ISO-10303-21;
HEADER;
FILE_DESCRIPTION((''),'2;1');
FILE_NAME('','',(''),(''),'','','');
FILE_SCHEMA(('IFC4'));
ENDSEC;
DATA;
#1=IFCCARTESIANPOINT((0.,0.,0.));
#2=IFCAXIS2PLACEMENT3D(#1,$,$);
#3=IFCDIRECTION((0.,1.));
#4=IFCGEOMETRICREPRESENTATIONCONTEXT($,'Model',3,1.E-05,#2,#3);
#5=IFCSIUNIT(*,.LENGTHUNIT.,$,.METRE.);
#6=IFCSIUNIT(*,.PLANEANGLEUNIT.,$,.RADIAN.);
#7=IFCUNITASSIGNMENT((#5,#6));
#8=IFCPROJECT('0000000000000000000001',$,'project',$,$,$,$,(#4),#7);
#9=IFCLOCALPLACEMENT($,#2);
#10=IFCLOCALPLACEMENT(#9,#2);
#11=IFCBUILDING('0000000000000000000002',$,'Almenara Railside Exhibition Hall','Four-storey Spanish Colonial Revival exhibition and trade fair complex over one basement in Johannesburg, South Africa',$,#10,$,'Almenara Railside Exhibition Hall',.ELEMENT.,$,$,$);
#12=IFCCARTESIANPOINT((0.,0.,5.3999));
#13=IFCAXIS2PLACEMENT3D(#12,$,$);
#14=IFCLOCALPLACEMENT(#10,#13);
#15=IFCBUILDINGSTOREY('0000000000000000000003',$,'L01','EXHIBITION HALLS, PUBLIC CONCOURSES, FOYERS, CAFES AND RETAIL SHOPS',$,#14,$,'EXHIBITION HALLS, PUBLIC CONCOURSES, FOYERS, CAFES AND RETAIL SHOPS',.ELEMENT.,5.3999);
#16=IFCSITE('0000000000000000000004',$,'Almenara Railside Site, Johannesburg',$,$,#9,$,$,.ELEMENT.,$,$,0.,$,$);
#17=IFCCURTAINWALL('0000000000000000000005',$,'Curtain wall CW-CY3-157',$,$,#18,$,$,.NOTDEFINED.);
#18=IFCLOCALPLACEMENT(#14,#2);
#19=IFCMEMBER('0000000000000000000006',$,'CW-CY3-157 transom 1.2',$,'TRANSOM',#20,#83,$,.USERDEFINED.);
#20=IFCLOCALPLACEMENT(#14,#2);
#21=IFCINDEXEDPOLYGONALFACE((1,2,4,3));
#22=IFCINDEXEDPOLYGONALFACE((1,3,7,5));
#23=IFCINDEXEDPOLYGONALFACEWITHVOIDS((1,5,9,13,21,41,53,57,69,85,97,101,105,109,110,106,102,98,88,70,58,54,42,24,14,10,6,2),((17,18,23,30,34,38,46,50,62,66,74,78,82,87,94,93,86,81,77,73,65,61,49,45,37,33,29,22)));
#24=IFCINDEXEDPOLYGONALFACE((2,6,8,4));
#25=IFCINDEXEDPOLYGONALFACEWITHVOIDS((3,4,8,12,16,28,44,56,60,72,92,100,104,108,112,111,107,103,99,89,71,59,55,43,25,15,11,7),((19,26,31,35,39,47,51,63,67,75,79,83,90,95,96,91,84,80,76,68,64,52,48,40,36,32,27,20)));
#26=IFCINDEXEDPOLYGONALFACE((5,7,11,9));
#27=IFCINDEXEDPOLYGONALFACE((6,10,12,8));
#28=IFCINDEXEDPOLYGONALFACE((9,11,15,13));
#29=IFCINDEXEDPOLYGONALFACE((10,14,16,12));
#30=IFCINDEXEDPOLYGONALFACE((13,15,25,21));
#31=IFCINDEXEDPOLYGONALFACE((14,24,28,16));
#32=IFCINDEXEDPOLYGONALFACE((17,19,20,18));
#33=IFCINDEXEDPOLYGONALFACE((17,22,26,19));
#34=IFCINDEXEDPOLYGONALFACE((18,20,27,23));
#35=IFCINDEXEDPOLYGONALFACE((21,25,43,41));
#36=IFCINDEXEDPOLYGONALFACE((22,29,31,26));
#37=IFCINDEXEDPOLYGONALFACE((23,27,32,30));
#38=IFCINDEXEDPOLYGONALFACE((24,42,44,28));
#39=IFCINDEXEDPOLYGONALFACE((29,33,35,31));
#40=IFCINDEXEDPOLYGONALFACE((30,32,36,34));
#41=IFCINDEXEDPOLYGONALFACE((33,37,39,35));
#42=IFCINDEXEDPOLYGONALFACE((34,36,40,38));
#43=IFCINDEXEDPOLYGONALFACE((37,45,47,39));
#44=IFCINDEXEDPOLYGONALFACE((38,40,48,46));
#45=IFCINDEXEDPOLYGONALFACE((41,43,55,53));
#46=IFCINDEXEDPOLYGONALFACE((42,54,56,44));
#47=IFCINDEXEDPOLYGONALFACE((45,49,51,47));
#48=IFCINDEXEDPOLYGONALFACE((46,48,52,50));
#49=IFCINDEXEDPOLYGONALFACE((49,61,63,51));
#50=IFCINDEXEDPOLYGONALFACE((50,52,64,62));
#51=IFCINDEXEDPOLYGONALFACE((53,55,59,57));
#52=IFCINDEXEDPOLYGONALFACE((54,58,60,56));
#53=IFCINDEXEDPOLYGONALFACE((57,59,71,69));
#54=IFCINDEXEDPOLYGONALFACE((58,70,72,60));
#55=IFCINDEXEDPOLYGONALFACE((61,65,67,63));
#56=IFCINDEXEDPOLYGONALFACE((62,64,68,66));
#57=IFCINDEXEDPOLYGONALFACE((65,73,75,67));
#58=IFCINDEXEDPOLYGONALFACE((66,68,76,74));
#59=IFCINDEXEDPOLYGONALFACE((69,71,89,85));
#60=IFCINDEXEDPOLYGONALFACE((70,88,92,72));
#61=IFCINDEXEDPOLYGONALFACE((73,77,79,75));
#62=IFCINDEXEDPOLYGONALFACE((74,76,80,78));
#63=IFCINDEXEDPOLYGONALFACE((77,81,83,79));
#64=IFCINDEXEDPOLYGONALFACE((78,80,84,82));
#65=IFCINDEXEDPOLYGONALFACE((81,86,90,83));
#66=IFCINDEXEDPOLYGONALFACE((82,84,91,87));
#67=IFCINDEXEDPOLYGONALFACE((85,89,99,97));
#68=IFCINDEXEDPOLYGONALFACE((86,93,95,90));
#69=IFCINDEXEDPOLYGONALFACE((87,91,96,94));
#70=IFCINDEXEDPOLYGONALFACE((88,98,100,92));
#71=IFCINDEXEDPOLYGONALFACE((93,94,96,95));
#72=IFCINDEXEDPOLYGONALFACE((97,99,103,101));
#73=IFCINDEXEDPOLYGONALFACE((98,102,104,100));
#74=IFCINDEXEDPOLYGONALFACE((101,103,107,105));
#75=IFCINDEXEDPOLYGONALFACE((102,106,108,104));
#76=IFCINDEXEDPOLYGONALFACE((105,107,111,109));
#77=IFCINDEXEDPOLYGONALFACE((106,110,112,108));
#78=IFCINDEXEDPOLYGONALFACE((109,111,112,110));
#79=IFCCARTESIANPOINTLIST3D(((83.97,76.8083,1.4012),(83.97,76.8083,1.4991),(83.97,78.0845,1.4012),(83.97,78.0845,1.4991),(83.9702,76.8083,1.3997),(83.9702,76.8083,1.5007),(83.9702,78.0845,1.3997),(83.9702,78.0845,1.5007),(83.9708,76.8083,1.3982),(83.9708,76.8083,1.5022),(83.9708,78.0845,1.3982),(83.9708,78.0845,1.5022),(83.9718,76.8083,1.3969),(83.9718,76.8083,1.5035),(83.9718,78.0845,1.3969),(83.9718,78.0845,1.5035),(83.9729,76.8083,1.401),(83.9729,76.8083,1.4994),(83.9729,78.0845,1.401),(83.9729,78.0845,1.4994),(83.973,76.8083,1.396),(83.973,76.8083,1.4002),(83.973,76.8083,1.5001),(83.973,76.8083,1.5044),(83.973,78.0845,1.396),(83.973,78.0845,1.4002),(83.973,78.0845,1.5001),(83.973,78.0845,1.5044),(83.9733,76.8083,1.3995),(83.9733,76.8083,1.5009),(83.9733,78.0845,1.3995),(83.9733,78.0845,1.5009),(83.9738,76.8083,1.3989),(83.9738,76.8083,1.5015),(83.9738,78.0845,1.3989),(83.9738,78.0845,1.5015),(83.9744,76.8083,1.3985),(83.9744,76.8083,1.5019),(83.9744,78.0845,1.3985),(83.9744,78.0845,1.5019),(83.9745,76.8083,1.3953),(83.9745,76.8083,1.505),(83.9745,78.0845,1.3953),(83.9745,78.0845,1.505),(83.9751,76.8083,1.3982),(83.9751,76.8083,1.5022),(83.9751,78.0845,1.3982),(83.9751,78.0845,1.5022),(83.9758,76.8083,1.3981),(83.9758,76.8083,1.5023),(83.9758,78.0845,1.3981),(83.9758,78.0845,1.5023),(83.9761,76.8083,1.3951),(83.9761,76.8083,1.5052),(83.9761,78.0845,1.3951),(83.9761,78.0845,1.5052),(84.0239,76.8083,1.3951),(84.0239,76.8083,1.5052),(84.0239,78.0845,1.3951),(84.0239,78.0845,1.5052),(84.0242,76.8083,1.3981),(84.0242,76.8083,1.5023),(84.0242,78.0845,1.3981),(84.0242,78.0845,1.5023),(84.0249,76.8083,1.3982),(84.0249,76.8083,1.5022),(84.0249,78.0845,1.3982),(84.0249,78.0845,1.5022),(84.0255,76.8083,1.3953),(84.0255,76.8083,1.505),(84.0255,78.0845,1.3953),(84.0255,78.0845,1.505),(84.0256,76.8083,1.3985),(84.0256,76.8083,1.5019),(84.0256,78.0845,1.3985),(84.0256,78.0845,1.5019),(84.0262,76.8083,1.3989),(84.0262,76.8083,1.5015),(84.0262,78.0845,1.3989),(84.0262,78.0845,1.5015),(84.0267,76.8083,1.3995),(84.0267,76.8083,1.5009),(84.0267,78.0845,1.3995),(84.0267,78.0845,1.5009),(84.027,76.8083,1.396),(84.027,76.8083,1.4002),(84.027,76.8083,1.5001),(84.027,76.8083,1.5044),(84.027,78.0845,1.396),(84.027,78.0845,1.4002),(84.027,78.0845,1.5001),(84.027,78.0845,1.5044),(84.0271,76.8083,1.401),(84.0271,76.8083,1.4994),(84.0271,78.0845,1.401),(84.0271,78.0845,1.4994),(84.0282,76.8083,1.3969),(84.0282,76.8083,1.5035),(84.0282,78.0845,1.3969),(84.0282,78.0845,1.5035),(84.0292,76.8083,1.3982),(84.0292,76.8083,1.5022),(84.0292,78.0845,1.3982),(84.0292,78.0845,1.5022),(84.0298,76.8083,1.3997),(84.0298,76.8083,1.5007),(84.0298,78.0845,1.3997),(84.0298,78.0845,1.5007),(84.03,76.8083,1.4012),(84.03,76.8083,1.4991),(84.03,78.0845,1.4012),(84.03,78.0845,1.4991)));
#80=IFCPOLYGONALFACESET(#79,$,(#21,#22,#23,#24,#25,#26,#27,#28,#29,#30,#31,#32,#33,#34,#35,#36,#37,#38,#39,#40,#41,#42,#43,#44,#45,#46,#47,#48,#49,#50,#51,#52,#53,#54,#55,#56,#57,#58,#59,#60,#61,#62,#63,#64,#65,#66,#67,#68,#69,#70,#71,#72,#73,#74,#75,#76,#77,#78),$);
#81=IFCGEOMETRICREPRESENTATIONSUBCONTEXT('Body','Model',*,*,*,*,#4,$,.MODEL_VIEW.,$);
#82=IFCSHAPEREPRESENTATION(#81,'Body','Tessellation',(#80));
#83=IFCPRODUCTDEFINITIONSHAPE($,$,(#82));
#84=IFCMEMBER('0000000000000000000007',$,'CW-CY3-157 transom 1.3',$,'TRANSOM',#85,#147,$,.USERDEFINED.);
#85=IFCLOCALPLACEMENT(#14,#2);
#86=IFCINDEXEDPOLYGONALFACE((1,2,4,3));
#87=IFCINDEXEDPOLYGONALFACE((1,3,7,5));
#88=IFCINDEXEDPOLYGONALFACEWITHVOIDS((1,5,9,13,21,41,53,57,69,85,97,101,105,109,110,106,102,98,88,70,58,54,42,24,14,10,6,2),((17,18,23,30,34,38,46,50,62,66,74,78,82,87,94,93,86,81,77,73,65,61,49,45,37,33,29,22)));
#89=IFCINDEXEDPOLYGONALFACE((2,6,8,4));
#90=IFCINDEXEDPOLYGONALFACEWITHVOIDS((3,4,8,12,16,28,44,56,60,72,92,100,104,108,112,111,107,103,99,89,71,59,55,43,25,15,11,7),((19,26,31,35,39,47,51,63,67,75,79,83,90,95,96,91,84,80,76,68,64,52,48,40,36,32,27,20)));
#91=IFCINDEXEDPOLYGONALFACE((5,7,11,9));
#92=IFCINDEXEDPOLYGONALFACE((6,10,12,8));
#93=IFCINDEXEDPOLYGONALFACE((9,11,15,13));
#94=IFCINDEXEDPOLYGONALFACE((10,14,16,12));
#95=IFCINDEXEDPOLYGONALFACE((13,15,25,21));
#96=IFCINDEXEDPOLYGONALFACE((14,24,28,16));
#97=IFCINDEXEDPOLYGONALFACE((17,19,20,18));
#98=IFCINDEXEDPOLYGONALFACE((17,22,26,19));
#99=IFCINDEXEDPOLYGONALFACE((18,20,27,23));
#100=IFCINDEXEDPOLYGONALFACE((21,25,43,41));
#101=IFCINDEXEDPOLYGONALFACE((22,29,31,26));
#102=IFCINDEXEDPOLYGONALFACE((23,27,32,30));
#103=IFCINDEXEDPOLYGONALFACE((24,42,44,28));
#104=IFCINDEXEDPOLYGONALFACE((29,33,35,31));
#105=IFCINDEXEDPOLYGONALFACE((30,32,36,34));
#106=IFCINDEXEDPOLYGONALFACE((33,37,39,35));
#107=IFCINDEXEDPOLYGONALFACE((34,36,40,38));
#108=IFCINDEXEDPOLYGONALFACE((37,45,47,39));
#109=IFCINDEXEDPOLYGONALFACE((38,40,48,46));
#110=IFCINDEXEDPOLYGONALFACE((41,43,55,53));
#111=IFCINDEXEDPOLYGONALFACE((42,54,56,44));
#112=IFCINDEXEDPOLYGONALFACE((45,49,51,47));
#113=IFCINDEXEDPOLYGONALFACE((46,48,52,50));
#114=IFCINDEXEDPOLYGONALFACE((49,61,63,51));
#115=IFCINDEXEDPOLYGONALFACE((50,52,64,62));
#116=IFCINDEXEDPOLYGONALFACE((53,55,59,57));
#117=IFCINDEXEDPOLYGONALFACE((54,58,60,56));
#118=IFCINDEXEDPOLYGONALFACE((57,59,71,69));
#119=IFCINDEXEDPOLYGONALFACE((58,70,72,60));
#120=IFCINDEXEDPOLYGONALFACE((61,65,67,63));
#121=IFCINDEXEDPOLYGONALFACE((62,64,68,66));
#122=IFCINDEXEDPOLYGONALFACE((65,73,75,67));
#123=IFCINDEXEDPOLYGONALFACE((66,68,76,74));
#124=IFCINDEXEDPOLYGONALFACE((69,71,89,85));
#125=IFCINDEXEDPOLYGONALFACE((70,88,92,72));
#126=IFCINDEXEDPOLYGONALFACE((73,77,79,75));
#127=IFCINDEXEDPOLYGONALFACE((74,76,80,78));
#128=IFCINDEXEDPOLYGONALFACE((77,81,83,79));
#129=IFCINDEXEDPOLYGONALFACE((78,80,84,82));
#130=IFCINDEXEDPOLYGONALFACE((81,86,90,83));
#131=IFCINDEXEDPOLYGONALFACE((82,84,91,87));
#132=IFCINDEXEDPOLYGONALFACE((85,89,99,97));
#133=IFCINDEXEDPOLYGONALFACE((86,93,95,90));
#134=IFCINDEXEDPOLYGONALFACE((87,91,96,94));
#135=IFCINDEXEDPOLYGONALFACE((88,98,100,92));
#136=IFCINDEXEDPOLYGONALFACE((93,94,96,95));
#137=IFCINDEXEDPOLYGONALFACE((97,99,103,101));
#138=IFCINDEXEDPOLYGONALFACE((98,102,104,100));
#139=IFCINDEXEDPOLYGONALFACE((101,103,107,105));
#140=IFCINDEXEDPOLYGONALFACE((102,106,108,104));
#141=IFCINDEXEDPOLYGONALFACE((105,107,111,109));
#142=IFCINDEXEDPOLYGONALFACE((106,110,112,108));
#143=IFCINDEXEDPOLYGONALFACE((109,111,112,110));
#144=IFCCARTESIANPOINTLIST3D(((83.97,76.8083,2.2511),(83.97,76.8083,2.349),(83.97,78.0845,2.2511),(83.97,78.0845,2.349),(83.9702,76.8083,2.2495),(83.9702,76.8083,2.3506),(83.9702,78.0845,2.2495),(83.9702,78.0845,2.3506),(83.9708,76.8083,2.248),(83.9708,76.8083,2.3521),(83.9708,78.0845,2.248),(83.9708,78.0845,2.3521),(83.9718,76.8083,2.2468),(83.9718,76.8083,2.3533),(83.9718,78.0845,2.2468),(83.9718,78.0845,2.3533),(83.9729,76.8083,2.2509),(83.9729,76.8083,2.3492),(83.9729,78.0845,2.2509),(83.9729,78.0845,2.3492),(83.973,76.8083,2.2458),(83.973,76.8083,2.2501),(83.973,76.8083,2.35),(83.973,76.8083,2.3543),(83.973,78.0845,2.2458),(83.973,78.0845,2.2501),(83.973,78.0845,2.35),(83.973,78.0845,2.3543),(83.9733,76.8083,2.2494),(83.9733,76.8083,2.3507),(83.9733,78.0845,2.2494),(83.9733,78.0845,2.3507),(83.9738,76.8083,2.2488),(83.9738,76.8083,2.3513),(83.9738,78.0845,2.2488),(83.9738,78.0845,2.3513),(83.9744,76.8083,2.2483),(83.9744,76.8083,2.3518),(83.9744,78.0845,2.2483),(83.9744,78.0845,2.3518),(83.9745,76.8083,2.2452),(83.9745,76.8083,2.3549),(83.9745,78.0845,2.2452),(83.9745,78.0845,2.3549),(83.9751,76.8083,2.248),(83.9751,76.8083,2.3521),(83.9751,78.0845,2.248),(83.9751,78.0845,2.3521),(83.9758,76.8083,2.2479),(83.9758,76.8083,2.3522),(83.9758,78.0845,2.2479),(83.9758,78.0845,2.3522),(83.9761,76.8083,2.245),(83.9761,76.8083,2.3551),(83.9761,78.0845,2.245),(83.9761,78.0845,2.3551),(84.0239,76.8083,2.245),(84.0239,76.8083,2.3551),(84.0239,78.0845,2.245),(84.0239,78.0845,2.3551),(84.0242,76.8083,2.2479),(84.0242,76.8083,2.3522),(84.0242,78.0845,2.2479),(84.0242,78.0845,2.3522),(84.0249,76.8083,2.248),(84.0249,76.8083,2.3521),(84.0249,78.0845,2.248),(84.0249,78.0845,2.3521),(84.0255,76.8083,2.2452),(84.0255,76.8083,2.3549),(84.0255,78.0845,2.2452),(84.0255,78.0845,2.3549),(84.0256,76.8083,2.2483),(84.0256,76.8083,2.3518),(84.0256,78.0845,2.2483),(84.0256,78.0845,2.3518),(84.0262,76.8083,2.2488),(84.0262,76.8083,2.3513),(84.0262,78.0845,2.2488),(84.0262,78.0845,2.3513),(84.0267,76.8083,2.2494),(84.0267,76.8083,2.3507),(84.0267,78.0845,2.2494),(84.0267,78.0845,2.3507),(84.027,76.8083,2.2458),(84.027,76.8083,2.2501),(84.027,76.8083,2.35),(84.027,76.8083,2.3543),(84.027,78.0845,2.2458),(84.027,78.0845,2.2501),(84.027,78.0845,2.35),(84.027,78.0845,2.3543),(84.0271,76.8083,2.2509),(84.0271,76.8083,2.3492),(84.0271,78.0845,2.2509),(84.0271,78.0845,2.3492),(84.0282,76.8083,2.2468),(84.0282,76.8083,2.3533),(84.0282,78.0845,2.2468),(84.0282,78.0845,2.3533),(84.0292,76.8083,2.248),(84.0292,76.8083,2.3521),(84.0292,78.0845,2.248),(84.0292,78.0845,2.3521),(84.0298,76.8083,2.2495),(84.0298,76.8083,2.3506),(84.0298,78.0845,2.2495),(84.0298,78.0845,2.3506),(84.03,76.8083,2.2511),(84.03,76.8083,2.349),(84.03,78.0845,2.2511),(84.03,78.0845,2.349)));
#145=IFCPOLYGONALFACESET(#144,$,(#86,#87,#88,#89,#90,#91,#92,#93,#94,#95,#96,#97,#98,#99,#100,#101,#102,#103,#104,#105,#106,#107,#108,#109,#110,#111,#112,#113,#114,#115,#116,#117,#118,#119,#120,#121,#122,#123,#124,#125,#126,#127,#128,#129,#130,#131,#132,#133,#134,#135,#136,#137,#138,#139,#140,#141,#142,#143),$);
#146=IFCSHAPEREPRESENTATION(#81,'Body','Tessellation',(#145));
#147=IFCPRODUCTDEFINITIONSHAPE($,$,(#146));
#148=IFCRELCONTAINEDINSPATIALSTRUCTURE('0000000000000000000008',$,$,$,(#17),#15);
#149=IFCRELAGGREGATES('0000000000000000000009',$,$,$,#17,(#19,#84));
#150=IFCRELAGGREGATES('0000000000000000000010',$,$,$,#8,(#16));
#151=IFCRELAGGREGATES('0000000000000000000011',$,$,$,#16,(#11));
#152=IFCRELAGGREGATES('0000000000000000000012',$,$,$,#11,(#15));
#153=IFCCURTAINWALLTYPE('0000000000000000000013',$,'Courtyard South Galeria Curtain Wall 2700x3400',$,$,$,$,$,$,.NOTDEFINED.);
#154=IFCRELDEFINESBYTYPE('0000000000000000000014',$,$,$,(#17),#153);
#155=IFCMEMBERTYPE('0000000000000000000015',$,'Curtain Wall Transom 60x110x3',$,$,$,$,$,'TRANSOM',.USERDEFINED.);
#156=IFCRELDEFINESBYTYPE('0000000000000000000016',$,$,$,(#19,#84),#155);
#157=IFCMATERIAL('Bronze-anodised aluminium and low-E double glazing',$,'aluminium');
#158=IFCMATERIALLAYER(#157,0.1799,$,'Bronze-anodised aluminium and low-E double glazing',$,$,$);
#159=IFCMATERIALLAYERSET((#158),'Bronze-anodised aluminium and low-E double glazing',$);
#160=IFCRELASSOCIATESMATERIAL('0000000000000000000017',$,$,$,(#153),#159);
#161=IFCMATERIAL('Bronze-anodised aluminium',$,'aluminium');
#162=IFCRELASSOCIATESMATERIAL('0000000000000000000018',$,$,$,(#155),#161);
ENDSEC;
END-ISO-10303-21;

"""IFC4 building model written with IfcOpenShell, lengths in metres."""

from ifc_helpers import new_model, si_unit, direction, frame, origin, origin_2d, place, context, subcontext, project, spatial, hollow_rectangle, extrude, material, layer, layer_set, material_profile, profile_set, type_object, element, aggregate, save


model = new_model("IFC4")

# Units and contexts
model_context = context("Model", 3, precision=1e-05, world=origin(), true_north=direction((0.0, 1.0)))
body_context = subcontext(model_context, "Body", "Model", "MODEL_VIEW")
ifc_project = project(units=[si_unit("LENGTHUNIT", "METRE"), si_unit("PLANEANGLEUNIT", "RADIAN")], contexts=[model_context])

# Site, building, storey
site_placement = place(None, origin())
site = spatial("IfcSite", under=ifc_project, at=site_placement, Name="Almenara Railside Site, Johannesburg", CompositionType="ELEMENT", RefElevation=0.0)
building_placement = place(site_placement, origin())
building = spatial("IfcBuilding", under=site, at=building_placement, Name="Almenara Railside Exhibition Hall", Description="Four-storey Spanish Colonial Revival exhibition and trade fair complex over one basement in Johannesburg, South Africa", LongName="Almenara Railside Exhibition Hall", CompositionType="ELEMENT")
storey_placement = place(building_placement, frame((0.0, 0.0, 5.3999)))
storey = spatial("IfcBuildingStorey", under=building, at=storey_placement, Name="L01", Description="EXHIBITION HALLS, PUBLIC CONCOURSES, FOYERS, CAFES AND RETAIL SHOPS", LongName="EXHIBITION HALLS, PUBLIC CONCOURSES, FOYERS, CAFES AND RETAIL SHOPS", CompositionType="ELEMENT", Elevation=5.3999)

# Curtain wall
ifc_material_1 = material(Name="Bronze-anodised aluminium and low-E double glazing", Category="aluminium")
ifc_layer_1 = layer(ifc_material_1, 0.1799, Name="Bronze-anodised aluminium and low-E double glazing")
ifc_layer_set_1 = layer_set([ifc_layer_1], Name="Bronze-anodised aluminium and low-E double glazing")
curtain_wall_type = type_object("IfcCurtainWallType", Name="Courtyard South Galeria Curtain Wall 2700x3400", PredefinedType="NOTDEFINED", material=ifc_layer_set_1)
curtain_wall_1_placement = place(storey_placement, origin())
curtain_wall_1 = element("IfcCurtainWall", 1, at=curtain_wall_1_placement, inside=storey, type_object=curtain_wall_type, Name="Curtain wall CW-CY3-157", PredefinedType="NOTDEFINED")
ifc_material_2 = material(Name="Bronze-anodised aluminium", Category="aluminium")

# Members
ifc_material_profile_1 = material_profile(ifc_material_2, hollow_rectangle(XDim=0.0601, YDim=0.1101, WallThickness=0.0029, InnerFilletRadius=0.0029, OuterFilletRadius=0.0061, at=origin_2d()), Name="ALU-TRN 60x110x3")
ifc_profile_set_1 = profile_set([ifc_material_profile_1], Name="Bronze-anodised aluminium")
member_type_1 = type_object("IfcMemberType", Name="Curtain Wall Transom 60x110x3", ElementType="TRANSOM", PredefinedType="USERDEFINED", material=ifc_profile_set_1)
member_1_placement = place(storey_placement, frame((84.0, 78.0845, 1.4502), z_axis=(0.0, -1.0, 0.0), x_axis=(1.0, 0.0, 0.0)))
member_1 = element("IfcMember", 2, at=member_1_placement, type_object=member_type_1, Name="CW-CY3-157 transom 1.2", ObjectType="TRANSOM", PredefinedType="USERDEFINED", context=body_context, shape_type="SweptSolid", body=[
    extrude(hollow_rectangle(XDim=0.0601, YDim=0.1101, WallThickness=0.0029, InnerFilletRadius=0.0029, OuterFilletRadius=0.0061, at=origin_2d()), origin(), (0.0, 0.0, 1.0), 1.2761),
])
member_2_placement = place(storey_placement, frame((84.0, 78.0845, 2.3), z_axis=(0.0, -1.0, 0.0), x_axis=(1.0, 0.0, 0.0)))
member_2 = element("IfcMember", 3, at=member_2_placement, type_object=member_type_1, Name="CW-CY3-157 transom 1.3", ObjectType="TRANSOM", PredefinedType="USERDEFINED", context=body_context, shape_type="SweptSolid", body=[
    extrude(hollow_rectangle(XDim=0.0601, YDim=0.1101, WallThickness=0.0029, InnerFilletRadius=0.0029, OuterFilletRadius=0.0061, at=origin_2d()), origin(), (0.0, 0.0, 1.0), 1.2761),
])

aggregate(curtain_wall_1, [member_1, member_2])

save(model, "model.ifc")
